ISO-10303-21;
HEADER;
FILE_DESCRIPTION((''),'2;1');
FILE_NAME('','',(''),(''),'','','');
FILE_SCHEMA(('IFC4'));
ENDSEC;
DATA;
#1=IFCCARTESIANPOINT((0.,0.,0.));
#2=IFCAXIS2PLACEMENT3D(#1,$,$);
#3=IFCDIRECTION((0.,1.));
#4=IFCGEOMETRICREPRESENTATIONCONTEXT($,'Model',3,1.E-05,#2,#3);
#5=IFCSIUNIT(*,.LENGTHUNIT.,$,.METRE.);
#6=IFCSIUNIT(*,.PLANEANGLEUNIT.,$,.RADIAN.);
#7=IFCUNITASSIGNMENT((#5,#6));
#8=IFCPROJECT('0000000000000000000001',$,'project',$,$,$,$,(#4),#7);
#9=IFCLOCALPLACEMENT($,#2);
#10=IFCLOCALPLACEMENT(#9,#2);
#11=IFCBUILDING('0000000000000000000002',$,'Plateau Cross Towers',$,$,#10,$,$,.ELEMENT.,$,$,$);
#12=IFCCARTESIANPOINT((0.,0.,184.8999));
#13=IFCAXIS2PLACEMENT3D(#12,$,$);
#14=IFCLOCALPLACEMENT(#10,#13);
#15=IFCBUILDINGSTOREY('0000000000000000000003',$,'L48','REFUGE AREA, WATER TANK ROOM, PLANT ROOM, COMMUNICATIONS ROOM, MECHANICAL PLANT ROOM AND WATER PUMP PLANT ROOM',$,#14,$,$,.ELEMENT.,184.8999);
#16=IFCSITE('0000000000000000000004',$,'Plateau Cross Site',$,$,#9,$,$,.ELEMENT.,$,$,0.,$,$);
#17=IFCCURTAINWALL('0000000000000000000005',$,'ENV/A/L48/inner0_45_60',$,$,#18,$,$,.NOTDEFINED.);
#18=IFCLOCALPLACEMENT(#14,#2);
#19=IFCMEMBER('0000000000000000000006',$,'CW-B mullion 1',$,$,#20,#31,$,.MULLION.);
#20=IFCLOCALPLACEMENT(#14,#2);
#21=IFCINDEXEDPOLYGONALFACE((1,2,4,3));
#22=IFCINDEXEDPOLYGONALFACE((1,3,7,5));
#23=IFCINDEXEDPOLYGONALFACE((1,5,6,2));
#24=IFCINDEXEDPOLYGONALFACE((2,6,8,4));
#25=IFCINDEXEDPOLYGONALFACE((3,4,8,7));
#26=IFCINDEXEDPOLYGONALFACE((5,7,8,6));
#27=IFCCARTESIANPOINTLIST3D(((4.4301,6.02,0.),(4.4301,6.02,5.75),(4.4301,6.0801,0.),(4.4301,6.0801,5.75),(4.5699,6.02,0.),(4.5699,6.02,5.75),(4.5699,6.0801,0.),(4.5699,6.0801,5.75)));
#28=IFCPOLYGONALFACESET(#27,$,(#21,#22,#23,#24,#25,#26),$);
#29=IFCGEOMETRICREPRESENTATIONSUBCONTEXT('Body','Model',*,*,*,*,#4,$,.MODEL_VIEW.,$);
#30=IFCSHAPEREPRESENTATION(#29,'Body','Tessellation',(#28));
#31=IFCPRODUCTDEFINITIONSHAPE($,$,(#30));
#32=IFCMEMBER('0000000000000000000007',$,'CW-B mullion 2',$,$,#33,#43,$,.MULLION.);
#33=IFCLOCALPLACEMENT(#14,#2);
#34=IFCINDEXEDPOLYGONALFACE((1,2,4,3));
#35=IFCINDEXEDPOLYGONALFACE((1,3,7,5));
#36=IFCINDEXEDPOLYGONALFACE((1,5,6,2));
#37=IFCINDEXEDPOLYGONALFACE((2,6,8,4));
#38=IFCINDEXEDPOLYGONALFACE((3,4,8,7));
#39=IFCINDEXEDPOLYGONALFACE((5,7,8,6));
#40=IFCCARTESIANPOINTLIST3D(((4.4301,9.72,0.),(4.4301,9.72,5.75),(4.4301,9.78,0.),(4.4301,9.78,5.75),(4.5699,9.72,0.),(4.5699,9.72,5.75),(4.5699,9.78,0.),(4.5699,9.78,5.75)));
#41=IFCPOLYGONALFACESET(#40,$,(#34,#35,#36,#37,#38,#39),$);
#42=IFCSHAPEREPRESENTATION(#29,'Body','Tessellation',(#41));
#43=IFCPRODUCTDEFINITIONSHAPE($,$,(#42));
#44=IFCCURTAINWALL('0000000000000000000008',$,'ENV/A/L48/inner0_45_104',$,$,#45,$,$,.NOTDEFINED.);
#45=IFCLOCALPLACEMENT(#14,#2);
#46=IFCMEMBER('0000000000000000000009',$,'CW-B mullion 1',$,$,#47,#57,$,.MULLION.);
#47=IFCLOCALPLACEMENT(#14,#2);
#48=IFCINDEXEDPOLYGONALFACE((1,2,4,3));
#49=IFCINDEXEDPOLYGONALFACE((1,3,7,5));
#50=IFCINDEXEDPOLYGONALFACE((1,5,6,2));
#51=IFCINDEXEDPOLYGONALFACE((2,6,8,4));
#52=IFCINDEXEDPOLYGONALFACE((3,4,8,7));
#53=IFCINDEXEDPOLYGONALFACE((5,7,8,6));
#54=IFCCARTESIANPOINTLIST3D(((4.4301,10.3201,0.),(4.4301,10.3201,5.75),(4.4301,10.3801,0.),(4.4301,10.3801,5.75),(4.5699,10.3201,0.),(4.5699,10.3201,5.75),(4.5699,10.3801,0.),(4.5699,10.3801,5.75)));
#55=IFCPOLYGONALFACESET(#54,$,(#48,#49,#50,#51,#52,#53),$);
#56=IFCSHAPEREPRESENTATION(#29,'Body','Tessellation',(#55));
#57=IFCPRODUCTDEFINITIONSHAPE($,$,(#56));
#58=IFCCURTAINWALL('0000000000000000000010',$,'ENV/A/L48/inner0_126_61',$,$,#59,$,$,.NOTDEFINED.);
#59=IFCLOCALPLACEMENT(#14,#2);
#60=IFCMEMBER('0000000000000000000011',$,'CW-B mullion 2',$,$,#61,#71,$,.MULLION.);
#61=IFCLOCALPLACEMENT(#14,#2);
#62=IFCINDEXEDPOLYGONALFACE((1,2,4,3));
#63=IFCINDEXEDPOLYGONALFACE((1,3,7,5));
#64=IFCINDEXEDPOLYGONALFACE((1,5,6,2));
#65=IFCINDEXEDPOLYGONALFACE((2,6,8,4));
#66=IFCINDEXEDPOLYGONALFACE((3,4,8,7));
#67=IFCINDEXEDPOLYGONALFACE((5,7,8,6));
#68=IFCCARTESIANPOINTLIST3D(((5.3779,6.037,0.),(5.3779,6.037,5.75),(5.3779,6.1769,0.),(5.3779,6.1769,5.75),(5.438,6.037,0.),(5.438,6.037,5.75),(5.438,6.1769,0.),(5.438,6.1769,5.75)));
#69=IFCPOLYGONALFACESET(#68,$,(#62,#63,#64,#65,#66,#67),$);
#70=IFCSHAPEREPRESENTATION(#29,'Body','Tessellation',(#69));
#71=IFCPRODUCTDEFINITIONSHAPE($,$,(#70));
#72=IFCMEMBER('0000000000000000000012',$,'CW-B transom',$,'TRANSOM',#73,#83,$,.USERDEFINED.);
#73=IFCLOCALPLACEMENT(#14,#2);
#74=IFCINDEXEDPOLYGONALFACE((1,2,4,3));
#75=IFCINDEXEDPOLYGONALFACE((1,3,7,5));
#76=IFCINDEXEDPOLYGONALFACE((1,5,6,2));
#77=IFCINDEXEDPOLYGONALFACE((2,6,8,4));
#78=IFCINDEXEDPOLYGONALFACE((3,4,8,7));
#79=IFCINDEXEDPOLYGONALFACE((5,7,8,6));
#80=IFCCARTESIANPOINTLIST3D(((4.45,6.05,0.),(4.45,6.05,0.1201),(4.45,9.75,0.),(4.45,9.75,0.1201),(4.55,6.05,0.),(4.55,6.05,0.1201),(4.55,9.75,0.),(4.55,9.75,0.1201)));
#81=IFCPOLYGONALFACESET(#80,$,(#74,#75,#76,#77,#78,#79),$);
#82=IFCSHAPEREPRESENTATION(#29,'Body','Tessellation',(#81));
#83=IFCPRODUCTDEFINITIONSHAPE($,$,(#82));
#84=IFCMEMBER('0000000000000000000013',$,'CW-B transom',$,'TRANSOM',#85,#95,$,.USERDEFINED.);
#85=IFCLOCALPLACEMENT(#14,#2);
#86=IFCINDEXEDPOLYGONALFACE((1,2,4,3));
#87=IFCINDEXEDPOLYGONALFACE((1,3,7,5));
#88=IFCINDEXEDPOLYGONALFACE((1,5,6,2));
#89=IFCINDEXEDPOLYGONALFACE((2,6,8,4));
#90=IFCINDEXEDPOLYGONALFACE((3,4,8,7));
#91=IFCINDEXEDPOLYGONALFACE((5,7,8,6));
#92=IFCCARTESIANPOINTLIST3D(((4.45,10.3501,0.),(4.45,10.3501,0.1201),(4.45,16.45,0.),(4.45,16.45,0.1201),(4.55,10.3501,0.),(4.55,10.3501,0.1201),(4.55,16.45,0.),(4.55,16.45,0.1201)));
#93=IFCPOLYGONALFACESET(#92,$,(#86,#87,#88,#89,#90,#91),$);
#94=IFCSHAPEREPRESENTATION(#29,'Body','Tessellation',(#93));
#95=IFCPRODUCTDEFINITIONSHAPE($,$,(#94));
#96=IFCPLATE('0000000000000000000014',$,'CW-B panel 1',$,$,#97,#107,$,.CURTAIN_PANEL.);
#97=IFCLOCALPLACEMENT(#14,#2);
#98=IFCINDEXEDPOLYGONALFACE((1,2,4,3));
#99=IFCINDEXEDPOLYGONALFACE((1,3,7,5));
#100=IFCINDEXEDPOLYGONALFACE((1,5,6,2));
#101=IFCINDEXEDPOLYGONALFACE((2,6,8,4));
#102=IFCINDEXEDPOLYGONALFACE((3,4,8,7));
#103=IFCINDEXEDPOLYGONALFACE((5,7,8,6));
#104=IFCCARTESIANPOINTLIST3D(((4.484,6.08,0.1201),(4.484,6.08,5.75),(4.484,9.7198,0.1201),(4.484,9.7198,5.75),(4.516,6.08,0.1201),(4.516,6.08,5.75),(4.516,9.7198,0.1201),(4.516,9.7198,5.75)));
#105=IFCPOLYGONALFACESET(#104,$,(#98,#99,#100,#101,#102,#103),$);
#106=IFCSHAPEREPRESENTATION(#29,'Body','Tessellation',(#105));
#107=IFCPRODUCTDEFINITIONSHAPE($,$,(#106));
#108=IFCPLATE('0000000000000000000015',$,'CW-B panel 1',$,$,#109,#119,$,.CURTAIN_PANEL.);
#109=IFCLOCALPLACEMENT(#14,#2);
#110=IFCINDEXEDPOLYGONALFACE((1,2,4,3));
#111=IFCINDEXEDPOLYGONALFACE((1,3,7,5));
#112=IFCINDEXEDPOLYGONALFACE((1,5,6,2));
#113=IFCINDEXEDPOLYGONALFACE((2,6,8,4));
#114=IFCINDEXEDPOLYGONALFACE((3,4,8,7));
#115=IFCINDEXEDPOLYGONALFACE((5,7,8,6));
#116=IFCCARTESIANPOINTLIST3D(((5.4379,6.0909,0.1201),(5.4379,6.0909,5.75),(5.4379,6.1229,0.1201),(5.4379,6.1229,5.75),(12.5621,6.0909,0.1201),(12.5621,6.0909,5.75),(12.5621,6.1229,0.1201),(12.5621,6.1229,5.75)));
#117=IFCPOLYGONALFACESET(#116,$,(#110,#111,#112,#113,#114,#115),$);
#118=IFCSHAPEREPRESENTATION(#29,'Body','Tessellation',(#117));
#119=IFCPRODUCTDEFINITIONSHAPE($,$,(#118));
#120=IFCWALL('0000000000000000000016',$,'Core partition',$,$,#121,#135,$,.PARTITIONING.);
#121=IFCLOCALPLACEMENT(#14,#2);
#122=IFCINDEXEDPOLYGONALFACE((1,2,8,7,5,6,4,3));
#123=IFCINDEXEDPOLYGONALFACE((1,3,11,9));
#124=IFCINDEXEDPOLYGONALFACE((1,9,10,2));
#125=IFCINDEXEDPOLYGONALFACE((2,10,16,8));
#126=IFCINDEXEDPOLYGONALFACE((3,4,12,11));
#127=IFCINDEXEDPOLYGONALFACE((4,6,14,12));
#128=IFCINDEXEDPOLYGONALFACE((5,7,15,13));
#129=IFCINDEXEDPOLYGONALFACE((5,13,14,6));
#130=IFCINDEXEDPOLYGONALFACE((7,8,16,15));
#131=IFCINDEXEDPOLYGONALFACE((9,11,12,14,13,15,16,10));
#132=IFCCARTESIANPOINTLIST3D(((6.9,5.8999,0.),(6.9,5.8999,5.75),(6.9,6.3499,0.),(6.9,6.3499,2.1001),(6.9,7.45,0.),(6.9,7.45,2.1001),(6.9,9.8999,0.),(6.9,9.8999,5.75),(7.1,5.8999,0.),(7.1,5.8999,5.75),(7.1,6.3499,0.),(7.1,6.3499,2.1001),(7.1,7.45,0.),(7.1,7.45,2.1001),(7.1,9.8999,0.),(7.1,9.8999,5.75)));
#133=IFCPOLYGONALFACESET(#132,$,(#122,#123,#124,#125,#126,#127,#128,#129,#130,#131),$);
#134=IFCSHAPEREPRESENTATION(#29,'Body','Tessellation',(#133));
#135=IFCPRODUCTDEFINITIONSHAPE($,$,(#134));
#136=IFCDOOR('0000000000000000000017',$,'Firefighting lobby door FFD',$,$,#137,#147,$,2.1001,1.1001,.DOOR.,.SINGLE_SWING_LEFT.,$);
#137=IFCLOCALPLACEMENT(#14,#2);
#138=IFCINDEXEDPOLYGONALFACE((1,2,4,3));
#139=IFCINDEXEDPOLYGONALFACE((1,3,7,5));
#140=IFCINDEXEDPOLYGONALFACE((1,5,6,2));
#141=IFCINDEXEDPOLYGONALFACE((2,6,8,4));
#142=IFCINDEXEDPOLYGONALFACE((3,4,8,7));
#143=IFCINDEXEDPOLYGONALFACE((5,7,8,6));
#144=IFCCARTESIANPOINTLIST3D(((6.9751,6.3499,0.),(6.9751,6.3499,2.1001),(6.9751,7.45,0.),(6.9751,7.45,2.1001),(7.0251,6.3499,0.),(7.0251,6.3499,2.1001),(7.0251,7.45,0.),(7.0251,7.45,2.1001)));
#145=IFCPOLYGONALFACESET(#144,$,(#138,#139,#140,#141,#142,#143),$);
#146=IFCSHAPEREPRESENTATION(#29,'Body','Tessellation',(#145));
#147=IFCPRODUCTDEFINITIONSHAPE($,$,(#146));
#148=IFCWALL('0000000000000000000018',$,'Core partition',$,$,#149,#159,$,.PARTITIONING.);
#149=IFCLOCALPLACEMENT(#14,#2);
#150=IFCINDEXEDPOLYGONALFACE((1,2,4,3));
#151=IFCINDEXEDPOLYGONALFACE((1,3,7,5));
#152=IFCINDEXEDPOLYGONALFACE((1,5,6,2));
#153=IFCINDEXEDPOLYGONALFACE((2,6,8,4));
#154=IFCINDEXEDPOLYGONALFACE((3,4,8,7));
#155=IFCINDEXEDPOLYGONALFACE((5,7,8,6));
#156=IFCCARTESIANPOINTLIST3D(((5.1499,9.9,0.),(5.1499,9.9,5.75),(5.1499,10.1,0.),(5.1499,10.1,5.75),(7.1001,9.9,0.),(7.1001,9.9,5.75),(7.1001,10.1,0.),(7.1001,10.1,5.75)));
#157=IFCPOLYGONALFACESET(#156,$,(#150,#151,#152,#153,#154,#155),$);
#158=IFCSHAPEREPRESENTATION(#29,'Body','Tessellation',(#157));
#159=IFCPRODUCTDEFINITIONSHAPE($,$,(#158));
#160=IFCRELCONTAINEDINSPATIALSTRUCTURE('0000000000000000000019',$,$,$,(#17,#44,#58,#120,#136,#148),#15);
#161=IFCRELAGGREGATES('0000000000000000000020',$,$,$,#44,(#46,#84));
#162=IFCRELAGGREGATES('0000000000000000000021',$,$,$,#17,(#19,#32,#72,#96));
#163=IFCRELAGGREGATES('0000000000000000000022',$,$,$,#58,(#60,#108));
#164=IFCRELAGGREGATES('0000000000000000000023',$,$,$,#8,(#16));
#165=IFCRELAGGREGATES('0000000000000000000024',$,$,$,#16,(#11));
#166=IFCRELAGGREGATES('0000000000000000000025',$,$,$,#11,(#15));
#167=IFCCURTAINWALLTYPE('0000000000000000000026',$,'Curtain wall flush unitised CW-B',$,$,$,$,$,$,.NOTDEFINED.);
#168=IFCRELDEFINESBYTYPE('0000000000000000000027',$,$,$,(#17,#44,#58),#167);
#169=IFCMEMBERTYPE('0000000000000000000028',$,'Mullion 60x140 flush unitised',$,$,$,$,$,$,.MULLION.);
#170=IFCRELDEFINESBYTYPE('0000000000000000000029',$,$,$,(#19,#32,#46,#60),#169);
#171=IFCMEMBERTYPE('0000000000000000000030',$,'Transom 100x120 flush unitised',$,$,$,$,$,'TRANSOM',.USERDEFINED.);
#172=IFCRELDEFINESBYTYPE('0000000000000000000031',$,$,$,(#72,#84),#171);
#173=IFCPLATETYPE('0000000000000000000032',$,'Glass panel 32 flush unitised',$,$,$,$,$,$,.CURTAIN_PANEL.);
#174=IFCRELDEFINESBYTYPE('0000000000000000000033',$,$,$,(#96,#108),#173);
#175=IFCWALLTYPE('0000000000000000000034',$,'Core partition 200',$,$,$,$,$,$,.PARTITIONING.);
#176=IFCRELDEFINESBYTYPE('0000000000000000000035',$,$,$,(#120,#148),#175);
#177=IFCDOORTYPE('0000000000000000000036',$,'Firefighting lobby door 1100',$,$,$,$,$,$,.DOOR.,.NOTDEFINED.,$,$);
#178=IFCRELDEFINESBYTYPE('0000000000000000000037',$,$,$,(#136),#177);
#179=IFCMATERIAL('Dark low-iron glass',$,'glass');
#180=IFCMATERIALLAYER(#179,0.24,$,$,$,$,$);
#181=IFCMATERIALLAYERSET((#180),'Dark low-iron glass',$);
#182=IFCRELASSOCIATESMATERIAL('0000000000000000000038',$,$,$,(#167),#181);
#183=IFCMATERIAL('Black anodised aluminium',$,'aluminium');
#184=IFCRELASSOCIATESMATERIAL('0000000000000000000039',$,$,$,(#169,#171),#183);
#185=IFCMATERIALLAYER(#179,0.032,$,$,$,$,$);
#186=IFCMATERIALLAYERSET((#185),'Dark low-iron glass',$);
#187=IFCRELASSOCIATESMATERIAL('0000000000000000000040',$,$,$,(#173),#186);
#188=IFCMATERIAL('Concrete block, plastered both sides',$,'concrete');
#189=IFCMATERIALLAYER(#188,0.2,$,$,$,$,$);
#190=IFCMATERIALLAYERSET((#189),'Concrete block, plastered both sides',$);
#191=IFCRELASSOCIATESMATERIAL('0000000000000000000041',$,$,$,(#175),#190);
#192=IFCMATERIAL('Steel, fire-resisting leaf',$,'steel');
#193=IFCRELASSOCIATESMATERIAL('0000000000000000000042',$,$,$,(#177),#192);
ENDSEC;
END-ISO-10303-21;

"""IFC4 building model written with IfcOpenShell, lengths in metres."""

from ifc_helpers import new_model, si_unit, direction, frame, frame_2d, origin, origin_2d, place, context, subcontext, project, spatial, rectangle, extrude, material, layer, layer_set, material_profile, profile_set, type_object, element, fill, aggregate, save


model = new_model("IFC4")

# Units and contexts
model_context = context("Model", 3, precision=1e-05, world=origin(), true_north=direction((0.0, 1.0)))
body_context = subcontext(model_context, "Body", "Model", "MODEL_VIEW")
ifc_project = project(units=[si_unit("LENGTHUNIT", "METRE"), si_unit("PLANEANGLEUNIT", "RADIAN")], contexts=[model_context])

# Site, building, storey
site_placement = place(None, origin())
site = spatial("IfcSite", under=ifc_project, at=site_placement, Name="Plateau Cross Site", CompositionType="ELEMENT", RefElevation=0.0)
building_placement = place(site_placement, origin())
building = spatial("IfcBuilding", under=site, at=building_placement, Name="Plateau Cross Towers", CompositionType="ELEMENT")
storey_placement = place(building_placement, frame((0.0, 0.0, 184.8999)))
storey = spatial("IfcBuildingStorey", under=building, at=storey_placement, Name="L48", Description="REFUGE AREA, WATER TANK ROOM, PLANT ROOM, COMMUNICATIONS ROOM, MECHANICAL PLANT ROOM AND WATER PUMP PLANT ROOM", CompositionType="ELEMENT", Elevation=184.8999)

# Curtain wall, members
ifc_material_1 = material(Name="Dark low-iron glass", Category="glass")
ifc_layer_1 = layer(ifc_material_1, 0.24)
ifc_layer_set_1 = layer_set([ifc_layer_1], Name="Dark low-iron glass")
curtain_wall_type = type_object("IfcCurtainWallType", Name="Curtain wall flush unitised CW-B", PredefinedType="NOTDEFINED", material=ifc_layer_set_1)
curtain_wall_1_placement = place(storey_placement, origin())
curtain_wall_1 = element("IfcCurtainWall", 1, at=curtain_wall_1_placement, inside=storey, type_object=curtain_wall_type, Name="ENV/A/L48/inner0_45_60", PredefinedType="NOTDEFINED")
ifc_material_2 = material(Name="Black anodised aluminium", Category="aluminium")
ifc_material_profile_1 = material_profile(ifc_material_2, rectangle(XDim=0.0601, YDim=0.1399, at=origin_2d()), Name="MULLION 60x140")
ifc_profile_set_1 = profile_set([ifc_material_profile_1], Name="Black anodised aluminium")
member_type_1 = type_object("IfcMemberType", Name="Mullion 60x140 flush unitised", PredefinedType="MULLION", material=ifc_profile_set_1)
member_1_placement = place(storey_placement, frame((4.5, 6.05, 0.0), z_axis=(0.0, 0.0, 1.0), x_axis=(0.0, 1.0, 0.0)))
member_1 = element("IfcMember", 2, at=member_1_placement, type_object=member_type_1, Name="CW-B mullion 1", PredefinedType="MULLION", context=body_context, shape_type="SweptSolid", body=[
    extrude(rectangle(XDim=0.0601, YDim=0.1399, at=origin_2d()), origin(), (0.0, 0.0, 1.0), 5.75),
])
member_2_placement = place(storey_placement, frame((4.5, 9.75, 0.0), z_axis=(0.0, 0.0, 1.0), x_axis=(0.0, 1.0, 0.0)))
member_2 = element("IfcMember", 3, at=member_2_placement, type_object=member_type_1, Name="CW-B mullion 2", PredefinedType="MULLION", context=body_context, shape_type="SweptSolid", body=[
    extrude(rectangle(XDim=0.0601, YDim=0.1399, at=origin_2d()), origin(), (0.0, 0.0, 1.0), 5.75),
])

# Curtain walls, members
curtain_wall_2_placement = place(storey_placement, origin())
curtain_wall_2 = element("IfcCurtainWall", 4, at=curtain_wall_2_placement, inside=storey, type_object=curtain_wall_type, Name="ENV/A/L48/inner0_45_104", PredefinedType="NOTDEFINED")
member_3_placement = place(storey_placement, frame((4.5, 10.3501, 0.0), z_axis=(0.0, 0.0, 1.0), x_axis=(0.0, 1.0, 0.0)))
member_3 = element("IfcMember", 5, at=member_3_placement, type_object=member_type_1, Name="CW-B mullion 1", PredefinedType="MULLION", context=body_context, shape_type="SweptSolid", body=[
    extrude(rectangle(XDim=0.0601, YDim=0.1399, at=origin_2d()), origin(), (0.0, 0.0, 1.0), 5.75),
])
curtain_wall_3_placement = place(storey_placement, origin())
curtain_wall_3 = element("IfcCurtainWall", 6, at=curtain_wall_3_placement, inside=storey, type_object=curtain_wall_type, Name="ENV/A/L48/inner0_126_61", PredefinedType="NOTDEFINED")
member_4_placement = place(storey_placement, frame((5.408, 6.1069, 0.0), z_axis=(0.0, 0.0, 1.0), x_axis=(-1.0, 0.0, 0.0)))
member_4 = element("IfcMember", 7, at=member_4_placement, type_object=member_type_1, Name="CW-B mullion 2", PredefinedType="MULLION", context=body_context, shape_type="SweptSolid", body=[
    extrude(rectangle(XDim=0.0601, YDim=0.1399, at=origin_2d()), origin(), (0.0, 0.0, 1.0), 5.75),
])

# Members
ifc_material_profile_2 = material_profile(ifc_material_2, rectangle(XDim=0.1001, YDim=0.1201, at=origin_2d()), Name="TRANSOM 100x120")
ifc_profile_set_2 = profile_set([ifc_material_profile_2], Name="Black anodised aluminium")
member_type_2 = type_object("IfcMemberType", Name="Transom 100x120 flush unitised", ElementType="TRANSOM", PredefinedType="USERDEFINED", material=ifc_profile_set_2)
member_5_placement = place(storey_placement, frame((4.5, 6.05, 0.0601), z_axis=(0.0, 1.0, 0.0), x_axis=(-1.0, 0.0, 0.0)))
member_5 = element("IfcMember", 8, at=member_5_placement, type_object=member_type_2, Name="CW-B transom", ObjectType="TRANSOM", PredefinedType="USERDEFINED", context=body_context, shape_type="SweptSolid", body=[
    extrude(rectangle(XDim=0.1001, YDim=0.1201, at=origin_2d()), origin(), (0.0, 0.0, 1.0), 3.7),
])
member_6_placement = place(storey_placement, frame((4.5, 10.3501, 0.0601), z_axis=(0.0, 1.0, 0.0), x_axis=(-1.0, 0.0, 0.0)))
member_6 = element("IfcMember", 9, at=member_6_placement, type_object=member_type_2, Name="CW-B transom", ObjectType="TRANSOM", PredefinedType="USERDEFINED", context=body_context, shape_type="SweptSolid", body=[
    extrude(rectangle(XDim=0.1001, YDim=0.1201, at=origin_2d()), origin(), (0.0, 0.0, 1.0), 6.0999),
])
aggregate(curtain_wall_2, [member_3, member_6])

# Plates
ifc_layer_2 = layer(ifc_material_1, 0.032)
ifc_layer_set_2 = layer_set([ifc_layer_2], Name="Dark low-iron glass")
plate_type = type_object("IfcPlateType", Name="Glass panel 32 flush unitised", PredefinedType="CURTAIN_PANEL", material=ifc_layer_set_2)
plate_1_placement = place(storey_placement, frame((4.5, 7.8999, 0.1201), z_axis=(0.0, 0.0, 1.0), x_axis=(0.0, 1.0, 0.0)))
plate_1 = element("IfcPlate", 10, at=plate_1_placement, type_object=plate_type, Name="CW-B panel 1", PredefinedType="CURTAIN_PANEL", context=body_context, shape_type="SweptSolid", body=[
    extrude(rectangle(XDim=3.6399, YDim=0.032, at=origin_2d()), origin(), (0.0, 0.0, 1.0), 5.6299),
])
aggregate(curtain_wall_1, [member_1, member_2, member_5, plate_1])
plate_2_placement = place(storey_placement, frame((9.0, 6.1069, 0.1201), z_axis=(0.0, 0.0, 1.0), x_axis=(-1.0, 0.0, 0.0)))
plate_2 = element("IfcPlate", 11, at=plate_2_placement, type_object=plate_type, Name="CW-B panel 1", PredefinedType="CURTAIN_PANEL", context=body_context, shape_type="SweptSolid", body=[
    extrude(rectangle(XDim=7.1243, YDim=0.032, at=origin_2d()), origin(), (0.0, 0.0, 1.0), 5.6299),
])
aggregate(curtain_wall_3, [member_4, plate_2])

# Wall, opening, door
ifc_material_3 = material(Name="Concrete block, plastered both sides", Category="concrete")
ifc_layer_3 = layer(ifc_material_3, 0.2)
ifc_layer_set_3 = layer_set([ifc_layer_3], Name="Concrete block, plastered both sides")
wall_type_1 = type_object("IfcWallType", Name="Core partition 200", PredefinedType="PARTITIONING", material=ifc_layer_set_3)
wall_1_placement = place(storey_placement, frame((7.0, 5.8999, 0.0), z_axis=(0.0, 0.0, 1.0), x_axis=(0.0, 1.0, 0.0)))
wall_1 = element("IfcWall", 12, at=wall_1_placement, inside=storey, type_object=wall_type_1, Name="Core partition", PredefinedType="PARTITIONING", context=body_context, shape_type="SweptSolid", body=[
    extrude(rectangle(XDim=4.0, YDim=0.2, at=frame_2d((2.0, 0.0))), origin(), (0.0, 0.0, 1.0), 5.75),
])
opening_1_placement = place(wall_1_placement, frame((0.45, 0.0, 0.0)))
opening_1 = element("IfcOpeningElement", 13, at=opening_1_placement, cuts=wall_1, PredefinedType="OPENING", context=body_context, shape_type="SweptSolid", body=[
    extrude(rectangle(XDim=1.1001, YDim=2.1001, at=frame_2d((0.55, 1.05))), frame((0.0, 0.1099, 0.0), z_axis=(0.0, -1.0, 0.0), x_axis=(1.0, 0.0, 0.0)), (0.0, 0.0, 1.0), 0.22),
])
ifc_material_4 = material(Name="Steel, fire-resisting leaf", Category="steel")
door_type_1 = type_object("IfcDoorType", Name="Firefighting lobby door 1100", OperationType="NOTDEFINED", PredefinedType="DOOR", material=ifc_material_4)
door_1_placement = place(opening_1_placement, origin())
door_1 = element("IfcDoor", 14, at=door_1_placement, inside=storey, type_object=door_type_1, Name="Firefighting lobby door FFD", OperationType="SINGLE_SWING_LEFT", OverallHeight=2.1001, OverallWidth=1.1001, PredefinedType="DOOR", context=body_context, shape_type="SweptSolid", body=[
    extrude(rectangle(XDim=1.1001, YDim=2.1001, at=frame_2d((0.55, 1.05))), frame((0.0, 0.0249, 0.0), z_axis=(0.0, -1.0, 0.0), x_axis=(1.0, 0.0, 0.0)), (0.0, 0.0, 1.0), 0.05),
])
fill(opening_1, door_1)

# Wall
wall_2_placement = place(storey_placement, frame((5.1499, 10.0, 0.0), z_axis=(0.0, 0.0, 1.0), x_axis=(1.0, 0.0, 0.0)))
element("IfcWall", 15, at=wall_2_placement, inside=storey, type_object=wall_type_1, Name="Core partition", PredefinedType="PARTITIONING", context=body_context, shape_type="SweptSolid", body=[
    extrude(rectangle(XDim=1.9502, YDim=0.2, at=frame_2d((0.9751, 0.0))), origin(), (0.0, 0.0, 1.0), 5.75),
])

save(model, "model.ifc")
